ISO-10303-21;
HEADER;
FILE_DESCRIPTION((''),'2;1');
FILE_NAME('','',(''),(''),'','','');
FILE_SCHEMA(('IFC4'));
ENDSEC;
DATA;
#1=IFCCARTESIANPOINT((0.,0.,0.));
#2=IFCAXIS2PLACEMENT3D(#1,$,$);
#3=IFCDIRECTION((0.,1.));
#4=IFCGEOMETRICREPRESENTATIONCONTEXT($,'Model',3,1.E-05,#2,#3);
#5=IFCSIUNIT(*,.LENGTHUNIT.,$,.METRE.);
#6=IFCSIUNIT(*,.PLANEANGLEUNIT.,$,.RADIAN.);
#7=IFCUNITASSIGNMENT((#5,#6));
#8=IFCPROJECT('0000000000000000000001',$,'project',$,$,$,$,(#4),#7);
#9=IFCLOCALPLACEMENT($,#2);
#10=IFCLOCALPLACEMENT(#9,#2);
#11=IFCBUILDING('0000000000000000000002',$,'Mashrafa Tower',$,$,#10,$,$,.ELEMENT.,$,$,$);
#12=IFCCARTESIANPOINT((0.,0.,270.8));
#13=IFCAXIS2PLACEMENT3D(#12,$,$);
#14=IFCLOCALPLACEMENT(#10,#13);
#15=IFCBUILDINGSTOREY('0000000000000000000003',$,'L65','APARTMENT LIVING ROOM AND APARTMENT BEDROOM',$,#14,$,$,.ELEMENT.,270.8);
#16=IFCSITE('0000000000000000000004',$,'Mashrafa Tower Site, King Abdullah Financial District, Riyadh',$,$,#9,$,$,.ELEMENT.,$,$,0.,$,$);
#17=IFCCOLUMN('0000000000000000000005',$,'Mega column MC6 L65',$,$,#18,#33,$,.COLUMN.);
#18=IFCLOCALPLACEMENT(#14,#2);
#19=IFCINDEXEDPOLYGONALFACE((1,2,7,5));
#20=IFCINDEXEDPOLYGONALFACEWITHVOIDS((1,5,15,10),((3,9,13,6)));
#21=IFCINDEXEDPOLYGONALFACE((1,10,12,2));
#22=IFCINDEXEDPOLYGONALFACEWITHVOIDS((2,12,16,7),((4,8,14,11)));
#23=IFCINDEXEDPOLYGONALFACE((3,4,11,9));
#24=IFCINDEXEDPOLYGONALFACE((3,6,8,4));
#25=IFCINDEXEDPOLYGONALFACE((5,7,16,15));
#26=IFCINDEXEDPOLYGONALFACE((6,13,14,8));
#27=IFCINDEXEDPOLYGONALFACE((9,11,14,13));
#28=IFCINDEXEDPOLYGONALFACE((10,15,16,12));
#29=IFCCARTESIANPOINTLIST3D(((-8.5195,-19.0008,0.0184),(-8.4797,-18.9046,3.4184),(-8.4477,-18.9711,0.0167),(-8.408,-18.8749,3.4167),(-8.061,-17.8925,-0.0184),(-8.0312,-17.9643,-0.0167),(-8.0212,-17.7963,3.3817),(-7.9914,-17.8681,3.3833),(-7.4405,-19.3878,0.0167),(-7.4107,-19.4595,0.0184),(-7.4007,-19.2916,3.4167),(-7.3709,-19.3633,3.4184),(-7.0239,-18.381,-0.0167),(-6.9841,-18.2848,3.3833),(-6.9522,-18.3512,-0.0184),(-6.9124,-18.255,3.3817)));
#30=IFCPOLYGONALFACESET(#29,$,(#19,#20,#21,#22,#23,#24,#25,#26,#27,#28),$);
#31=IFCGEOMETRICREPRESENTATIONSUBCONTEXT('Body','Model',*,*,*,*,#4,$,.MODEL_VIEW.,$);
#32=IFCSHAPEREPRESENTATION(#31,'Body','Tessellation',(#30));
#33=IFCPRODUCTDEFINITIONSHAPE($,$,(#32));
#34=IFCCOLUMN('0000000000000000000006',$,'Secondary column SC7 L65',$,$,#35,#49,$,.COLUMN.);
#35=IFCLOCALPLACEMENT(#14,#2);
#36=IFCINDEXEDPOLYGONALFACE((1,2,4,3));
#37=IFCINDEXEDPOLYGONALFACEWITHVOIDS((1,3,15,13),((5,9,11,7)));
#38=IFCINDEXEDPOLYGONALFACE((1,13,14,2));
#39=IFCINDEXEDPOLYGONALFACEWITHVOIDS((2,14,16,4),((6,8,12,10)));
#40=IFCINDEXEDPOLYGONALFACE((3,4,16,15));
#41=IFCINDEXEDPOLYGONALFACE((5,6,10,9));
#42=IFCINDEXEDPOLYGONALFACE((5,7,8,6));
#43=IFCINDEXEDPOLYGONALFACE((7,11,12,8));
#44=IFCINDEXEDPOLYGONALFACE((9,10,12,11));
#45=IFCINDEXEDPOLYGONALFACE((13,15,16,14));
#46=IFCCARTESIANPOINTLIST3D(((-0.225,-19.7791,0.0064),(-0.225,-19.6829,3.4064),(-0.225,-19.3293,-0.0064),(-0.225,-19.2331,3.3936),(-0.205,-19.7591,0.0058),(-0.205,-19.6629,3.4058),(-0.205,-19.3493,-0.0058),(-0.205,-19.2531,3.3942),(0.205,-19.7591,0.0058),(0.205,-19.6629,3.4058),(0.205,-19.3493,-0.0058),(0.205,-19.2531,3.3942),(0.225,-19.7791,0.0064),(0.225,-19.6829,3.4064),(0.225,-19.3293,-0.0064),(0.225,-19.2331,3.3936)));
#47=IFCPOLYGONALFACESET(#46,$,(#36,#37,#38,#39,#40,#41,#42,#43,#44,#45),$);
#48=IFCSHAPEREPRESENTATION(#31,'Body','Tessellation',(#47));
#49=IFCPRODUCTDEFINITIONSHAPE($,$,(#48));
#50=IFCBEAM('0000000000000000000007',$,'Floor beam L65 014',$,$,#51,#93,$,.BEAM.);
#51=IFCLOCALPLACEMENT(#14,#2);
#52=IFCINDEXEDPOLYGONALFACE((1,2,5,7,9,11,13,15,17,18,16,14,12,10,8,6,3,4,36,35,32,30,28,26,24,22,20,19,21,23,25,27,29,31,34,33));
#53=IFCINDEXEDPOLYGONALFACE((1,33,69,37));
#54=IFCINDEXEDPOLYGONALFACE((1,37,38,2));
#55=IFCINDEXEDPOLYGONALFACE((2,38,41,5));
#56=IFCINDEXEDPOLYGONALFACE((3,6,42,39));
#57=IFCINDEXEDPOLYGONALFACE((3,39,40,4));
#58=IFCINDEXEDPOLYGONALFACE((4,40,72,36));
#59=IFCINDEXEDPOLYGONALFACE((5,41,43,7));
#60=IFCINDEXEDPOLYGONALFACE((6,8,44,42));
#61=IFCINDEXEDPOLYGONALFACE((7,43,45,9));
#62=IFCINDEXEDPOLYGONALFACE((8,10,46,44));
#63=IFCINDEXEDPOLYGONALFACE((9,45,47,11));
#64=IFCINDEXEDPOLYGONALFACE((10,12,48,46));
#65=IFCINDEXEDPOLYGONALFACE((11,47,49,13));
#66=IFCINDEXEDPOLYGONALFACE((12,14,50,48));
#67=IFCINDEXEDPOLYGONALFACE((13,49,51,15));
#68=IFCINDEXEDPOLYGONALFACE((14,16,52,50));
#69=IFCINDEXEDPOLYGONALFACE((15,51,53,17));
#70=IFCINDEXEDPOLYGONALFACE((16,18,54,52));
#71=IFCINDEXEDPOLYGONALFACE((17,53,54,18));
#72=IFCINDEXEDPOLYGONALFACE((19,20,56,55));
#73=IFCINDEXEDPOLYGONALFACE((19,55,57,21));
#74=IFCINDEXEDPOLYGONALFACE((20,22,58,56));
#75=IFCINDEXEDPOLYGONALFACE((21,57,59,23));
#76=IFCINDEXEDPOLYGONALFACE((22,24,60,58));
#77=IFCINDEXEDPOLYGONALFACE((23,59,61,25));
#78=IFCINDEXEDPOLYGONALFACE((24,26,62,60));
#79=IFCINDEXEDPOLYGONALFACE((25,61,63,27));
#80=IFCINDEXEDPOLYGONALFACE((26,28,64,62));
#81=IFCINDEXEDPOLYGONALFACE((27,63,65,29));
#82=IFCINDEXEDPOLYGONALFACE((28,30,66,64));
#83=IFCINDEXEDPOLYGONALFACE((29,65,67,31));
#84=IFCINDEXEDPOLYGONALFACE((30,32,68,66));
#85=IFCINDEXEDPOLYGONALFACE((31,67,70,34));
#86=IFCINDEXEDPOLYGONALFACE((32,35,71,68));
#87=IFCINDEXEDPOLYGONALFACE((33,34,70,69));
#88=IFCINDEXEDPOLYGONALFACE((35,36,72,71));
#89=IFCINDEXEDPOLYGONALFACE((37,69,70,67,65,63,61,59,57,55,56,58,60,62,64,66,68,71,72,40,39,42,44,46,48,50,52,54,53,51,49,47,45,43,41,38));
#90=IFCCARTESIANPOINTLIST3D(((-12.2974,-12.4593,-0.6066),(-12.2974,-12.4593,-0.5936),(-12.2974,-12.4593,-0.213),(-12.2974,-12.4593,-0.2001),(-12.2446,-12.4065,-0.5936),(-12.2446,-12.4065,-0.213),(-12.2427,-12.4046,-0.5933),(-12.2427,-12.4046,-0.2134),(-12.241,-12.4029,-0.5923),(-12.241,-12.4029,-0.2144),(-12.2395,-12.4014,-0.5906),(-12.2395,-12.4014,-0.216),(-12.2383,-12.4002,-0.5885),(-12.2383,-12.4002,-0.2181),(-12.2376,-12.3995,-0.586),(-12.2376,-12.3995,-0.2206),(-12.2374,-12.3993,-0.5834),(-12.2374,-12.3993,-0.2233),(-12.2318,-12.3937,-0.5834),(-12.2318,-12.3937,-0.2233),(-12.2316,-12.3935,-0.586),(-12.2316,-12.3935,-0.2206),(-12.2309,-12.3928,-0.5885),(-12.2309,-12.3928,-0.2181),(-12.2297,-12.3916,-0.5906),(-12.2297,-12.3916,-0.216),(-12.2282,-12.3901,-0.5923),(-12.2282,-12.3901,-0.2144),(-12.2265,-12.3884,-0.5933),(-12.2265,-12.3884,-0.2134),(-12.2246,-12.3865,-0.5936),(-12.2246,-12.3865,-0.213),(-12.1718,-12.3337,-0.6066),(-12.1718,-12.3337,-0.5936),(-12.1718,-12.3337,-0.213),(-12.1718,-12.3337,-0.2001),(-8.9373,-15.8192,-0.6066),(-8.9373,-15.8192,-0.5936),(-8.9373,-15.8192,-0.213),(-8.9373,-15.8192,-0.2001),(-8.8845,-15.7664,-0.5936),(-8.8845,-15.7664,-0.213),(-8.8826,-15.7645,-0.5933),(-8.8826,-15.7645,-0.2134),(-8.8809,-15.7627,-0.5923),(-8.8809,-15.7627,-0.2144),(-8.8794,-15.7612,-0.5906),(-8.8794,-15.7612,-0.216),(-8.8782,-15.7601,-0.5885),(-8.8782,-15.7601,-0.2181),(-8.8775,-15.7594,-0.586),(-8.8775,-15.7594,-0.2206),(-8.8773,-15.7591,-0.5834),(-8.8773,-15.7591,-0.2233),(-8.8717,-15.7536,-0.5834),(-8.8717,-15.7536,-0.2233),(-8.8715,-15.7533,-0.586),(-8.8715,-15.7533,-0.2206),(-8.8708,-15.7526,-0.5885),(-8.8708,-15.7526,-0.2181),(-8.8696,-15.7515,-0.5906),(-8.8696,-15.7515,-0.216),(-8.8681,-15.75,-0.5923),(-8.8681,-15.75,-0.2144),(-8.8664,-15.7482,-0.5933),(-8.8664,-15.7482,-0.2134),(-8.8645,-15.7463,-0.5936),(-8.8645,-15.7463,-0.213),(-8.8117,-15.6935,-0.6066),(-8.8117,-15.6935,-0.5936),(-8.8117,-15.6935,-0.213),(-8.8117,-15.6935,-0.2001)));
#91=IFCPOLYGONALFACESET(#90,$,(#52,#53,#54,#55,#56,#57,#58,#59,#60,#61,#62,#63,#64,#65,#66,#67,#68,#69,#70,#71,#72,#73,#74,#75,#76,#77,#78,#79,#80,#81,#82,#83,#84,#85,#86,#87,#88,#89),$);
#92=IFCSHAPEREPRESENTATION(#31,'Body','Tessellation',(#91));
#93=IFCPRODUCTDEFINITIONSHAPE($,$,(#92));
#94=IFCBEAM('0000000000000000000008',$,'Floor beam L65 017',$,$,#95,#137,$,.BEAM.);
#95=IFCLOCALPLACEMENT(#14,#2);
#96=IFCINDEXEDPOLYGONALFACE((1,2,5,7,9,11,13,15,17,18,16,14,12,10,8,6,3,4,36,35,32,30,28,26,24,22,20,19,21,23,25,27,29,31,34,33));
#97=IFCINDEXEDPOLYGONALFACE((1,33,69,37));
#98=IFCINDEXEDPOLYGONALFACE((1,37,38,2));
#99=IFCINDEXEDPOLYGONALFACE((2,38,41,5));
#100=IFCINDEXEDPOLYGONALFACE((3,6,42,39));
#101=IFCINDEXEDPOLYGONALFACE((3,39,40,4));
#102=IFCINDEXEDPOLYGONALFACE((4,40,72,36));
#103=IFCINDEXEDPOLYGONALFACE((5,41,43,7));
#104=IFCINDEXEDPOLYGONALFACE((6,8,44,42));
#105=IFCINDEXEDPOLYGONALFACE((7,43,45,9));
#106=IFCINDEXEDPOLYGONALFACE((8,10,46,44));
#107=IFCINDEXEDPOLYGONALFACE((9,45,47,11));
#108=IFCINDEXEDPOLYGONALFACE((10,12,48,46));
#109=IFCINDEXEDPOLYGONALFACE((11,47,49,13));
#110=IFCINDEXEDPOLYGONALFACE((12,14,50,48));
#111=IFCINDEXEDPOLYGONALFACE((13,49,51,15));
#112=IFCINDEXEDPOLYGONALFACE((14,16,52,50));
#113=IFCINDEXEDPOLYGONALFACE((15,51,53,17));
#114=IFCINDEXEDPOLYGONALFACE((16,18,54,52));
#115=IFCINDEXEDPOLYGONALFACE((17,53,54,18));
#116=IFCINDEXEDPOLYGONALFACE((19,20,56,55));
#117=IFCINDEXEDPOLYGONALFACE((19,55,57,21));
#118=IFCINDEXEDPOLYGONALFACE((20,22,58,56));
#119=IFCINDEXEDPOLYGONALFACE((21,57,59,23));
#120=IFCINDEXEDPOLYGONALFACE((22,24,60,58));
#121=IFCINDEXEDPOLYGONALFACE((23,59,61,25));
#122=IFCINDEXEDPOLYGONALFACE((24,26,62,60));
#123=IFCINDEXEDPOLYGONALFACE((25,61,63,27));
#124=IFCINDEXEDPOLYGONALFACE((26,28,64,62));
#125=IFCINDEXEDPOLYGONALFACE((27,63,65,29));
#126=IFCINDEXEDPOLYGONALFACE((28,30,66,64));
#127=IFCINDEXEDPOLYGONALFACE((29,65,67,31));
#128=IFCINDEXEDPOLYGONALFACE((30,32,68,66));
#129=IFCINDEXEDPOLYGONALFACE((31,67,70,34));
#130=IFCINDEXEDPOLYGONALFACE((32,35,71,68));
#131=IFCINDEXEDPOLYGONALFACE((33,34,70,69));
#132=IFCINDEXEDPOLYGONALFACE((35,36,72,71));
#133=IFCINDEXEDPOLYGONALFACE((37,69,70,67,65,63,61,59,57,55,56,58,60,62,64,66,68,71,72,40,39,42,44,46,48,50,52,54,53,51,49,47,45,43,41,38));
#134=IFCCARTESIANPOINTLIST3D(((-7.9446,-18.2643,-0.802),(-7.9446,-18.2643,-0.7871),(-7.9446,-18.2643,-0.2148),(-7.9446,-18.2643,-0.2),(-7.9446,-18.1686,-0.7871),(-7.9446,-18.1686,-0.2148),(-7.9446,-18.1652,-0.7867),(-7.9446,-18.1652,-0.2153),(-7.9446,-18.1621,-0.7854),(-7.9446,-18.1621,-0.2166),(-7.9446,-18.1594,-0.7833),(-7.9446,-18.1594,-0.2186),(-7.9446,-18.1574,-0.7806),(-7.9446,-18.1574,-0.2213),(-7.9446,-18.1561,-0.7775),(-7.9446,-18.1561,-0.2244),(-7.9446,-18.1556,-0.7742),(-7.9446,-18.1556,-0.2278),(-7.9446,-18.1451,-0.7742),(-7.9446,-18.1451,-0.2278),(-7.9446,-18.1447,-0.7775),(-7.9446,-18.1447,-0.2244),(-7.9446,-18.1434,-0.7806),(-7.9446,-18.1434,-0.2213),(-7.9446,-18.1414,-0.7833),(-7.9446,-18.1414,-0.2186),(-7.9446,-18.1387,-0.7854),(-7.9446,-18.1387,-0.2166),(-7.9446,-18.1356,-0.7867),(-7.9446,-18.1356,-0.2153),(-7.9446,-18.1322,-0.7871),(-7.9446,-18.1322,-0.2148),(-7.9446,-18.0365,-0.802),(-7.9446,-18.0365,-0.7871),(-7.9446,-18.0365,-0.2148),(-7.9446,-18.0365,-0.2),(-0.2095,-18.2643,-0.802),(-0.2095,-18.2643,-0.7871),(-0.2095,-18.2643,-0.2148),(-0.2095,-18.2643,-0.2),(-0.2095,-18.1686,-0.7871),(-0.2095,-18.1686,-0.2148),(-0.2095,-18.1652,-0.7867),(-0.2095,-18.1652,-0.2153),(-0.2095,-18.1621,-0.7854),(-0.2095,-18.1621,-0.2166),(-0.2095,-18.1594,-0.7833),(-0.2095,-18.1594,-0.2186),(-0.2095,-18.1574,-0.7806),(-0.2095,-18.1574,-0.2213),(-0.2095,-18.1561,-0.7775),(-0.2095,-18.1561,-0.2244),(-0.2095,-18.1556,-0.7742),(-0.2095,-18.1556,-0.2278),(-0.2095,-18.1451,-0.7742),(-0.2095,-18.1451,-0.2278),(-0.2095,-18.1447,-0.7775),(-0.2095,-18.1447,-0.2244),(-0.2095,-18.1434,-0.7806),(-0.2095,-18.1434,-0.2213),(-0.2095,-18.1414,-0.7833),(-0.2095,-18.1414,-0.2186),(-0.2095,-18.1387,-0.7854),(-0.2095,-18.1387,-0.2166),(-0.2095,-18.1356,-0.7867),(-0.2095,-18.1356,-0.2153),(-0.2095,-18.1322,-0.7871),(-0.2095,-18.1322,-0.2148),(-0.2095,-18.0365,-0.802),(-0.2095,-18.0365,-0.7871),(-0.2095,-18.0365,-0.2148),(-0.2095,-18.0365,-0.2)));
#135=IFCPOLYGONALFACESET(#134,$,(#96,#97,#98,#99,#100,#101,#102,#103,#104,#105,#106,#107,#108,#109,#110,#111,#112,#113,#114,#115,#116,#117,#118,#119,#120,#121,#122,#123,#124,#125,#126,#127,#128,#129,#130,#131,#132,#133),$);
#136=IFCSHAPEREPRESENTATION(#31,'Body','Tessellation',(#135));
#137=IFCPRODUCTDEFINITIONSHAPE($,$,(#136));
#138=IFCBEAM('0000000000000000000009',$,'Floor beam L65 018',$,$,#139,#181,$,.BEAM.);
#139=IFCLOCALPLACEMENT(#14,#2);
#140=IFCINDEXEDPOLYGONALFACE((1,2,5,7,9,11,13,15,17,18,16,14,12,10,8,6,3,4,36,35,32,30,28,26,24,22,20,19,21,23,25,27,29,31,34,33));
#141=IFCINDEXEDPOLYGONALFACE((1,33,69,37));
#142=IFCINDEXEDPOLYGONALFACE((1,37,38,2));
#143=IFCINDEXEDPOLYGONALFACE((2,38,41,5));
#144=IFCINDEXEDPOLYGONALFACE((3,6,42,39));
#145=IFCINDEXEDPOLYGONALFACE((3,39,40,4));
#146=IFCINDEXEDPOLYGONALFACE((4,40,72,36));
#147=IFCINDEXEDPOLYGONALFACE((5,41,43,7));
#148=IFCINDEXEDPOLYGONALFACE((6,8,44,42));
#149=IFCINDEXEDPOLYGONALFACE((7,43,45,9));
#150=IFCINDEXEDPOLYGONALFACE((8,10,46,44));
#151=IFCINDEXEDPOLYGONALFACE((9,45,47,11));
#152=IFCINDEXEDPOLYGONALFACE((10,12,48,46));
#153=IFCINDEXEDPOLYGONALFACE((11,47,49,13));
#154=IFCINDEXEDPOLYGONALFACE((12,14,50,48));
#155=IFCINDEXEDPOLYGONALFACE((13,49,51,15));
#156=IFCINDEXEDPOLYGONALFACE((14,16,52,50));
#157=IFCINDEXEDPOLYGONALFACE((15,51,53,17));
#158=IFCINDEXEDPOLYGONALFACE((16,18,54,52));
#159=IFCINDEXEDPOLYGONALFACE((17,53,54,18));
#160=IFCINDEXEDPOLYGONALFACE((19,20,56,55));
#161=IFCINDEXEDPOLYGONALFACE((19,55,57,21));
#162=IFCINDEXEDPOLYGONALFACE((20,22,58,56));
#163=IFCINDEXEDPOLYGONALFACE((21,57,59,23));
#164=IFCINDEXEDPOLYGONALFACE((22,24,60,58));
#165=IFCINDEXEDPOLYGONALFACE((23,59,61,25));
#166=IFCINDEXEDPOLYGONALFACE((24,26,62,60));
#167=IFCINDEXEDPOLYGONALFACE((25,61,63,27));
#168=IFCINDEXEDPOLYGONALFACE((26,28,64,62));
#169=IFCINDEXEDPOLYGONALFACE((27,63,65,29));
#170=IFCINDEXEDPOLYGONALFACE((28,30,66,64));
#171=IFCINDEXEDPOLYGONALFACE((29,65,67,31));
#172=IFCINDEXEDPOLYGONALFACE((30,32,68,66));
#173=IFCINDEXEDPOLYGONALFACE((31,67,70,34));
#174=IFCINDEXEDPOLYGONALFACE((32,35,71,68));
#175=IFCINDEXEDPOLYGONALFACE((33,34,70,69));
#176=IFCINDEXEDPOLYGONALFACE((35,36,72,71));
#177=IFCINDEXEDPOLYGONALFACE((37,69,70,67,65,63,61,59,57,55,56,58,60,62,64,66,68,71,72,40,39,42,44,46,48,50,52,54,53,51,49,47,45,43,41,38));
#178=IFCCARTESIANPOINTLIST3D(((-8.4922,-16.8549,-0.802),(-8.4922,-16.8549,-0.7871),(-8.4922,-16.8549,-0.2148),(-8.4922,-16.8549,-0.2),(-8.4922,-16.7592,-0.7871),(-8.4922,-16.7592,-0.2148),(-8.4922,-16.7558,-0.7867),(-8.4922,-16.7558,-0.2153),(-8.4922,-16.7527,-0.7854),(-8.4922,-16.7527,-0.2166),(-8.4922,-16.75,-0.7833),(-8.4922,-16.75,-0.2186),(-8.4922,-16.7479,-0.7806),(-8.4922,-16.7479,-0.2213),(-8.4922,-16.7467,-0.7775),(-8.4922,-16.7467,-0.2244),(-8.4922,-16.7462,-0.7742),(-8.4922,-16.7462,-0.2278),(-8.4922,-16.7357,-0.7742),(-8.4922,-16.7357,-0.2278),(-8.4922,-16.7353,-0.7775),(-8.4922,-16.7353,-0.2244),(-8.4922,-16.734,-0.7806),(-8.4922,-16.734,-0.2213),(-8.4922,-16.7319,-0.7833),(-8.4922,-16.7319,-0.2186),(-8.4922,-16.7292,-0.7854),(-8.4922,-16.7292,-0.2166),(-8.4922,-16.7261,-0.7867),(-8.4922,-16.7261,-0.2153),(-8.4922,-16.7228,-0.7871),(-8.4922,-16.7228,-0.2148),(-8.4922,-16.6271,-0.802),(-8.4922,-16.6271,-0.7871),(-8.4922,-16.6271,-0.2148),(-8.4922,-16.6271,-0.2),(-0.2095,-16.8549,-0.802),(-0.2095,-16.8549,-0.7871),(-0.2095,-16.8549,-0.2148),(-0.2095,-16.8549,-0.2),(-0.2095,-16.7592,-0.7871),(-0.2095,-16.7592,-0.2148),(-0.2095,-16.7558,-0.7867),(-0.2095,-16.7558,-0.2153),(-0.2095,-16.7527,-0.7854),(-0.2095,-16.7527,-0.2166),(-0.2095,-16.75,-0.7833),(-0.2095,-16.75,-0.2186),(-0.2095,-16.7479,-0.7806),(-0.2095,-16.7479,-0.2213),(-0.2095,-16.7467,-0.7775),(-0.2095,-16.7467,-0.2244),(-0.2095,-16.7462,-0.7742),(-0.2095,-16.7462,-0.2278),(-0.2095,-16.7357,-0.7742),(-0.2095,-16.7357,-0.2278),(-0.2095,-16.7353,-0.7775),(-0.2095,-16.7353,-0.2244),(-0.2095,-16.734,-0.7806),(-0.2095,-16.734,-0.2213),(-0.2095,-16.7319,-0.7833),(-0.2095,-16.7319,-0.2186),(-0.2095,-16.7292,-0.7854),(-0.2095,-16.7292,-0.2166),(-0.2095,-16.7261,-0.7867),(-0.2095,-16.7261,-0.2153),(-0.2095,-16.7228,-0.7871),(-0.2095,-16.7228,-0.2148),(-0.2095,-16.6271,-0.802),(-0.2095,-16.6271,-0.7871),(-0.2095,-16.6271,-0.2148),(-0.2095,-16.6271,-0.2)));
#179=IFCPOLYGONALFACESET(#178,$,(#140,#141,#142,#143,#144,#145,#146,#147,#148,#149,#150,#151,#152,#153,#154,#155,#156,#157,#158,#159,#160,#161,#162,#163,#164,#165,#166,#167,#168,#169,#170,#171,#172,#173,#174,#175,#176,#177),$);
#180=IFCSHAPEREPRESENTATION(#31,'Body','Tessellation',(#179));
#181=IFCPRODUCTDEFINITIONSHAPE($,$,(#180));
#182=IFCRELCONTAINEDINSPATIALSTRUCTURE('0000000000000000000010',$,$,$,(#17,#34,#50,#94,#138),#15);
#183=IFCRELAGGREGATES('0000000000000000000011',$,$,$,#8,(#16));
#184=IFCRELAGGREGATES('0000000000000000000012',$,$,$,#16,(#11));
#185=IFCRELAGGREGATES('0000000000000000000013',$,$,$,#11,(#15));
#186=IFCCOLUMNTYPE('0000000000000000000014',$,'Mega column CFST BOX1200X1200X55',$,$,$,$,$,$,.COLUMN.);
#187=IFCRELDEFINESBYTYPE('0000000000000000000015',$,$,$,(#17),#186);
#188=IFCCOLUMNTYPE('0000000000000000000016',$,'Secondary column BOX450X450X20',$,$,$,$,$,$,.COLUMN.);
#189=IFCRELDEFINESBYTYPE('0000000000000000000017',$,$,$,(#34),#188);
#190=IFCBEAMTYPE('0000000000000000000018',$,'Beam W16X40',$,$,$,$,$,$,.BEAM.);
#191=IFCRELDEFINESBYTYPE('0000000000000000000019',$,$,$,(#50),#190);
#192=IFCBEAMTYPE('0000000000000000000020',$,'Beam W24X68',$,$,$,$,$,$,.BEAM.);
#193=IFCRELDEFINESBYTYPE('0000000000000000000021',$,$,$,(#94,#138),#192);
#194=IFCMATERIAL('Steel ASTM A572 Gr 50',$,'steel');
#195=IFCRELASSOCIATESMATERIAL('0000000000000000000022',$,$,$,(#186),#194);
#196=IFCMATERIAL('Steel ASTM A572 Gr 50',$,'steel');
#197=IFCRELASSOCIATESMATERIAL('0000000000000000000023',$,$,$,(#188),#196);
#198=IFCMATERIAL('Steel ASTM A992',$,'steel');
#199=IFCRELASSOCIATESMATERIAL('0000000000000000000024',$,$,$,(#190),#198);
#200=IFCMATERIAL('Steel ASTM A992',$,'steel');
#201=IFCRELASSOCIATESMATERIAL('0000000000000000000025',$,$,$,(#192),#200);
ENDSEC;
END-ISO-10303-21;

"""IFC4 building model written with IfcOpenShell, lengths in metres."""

from ifc_helpers import new_model, si_unit, direction, frame, origin, origin_2d, place, context, subcontext, project, spatial, hollow_rectangle, i_section, extrude, material, material_profile, profile_set, type_object, element, save


model = new_model("IFC4")

# Units and contexts
model_context = context("Model", 3, precision=1e-05, world=origin(), true_north=direction((0.0, 1.0)))
body_context = subcontext(model_context, "Body", "Model", "MODEL_VIEW")
ifc_project = project(units=[si_unit("LENGTHUNIT", "METRE"), si_unit("PLANEANGLEUNIT", "RADIAN")], contexts=[model_context])

# Site, building, storey
site_placement = place(None, origin())
site = spatial("IfcSite", under=ifc_project, at=site_placement, Name="Mashrafa Tower Site, King Abdullah Financial District, Riyadh", CompositionType="ELEMENT", RefElevation=0.0)
building_placement = place(site_placement, origin())
building = spatial("IfcBuilding", under=site, at=building_placement, Name="Mashrafa Tower", CompositionType="ELEMENT")
storey_placement = place(building_placement, frame((0.0, 0.0, 270.8)))
storey = spatial("IfcBuildingStorey", under=building, at=storey_placement, Name="L65", Description="APARTMENT LIVING ROOM AND APARTMENT BEDROOM", CompositionType="ELEMENT", Elevation=270.8)

# Columns
ifc_material_1 = material(Name="Steel ASTM A572 Gr 50", Category="steel")
ifc_material_profile_1 = material_profile(ifc_material_1, hollow_rectangle(XDim=1.2, YDim=1.2, WallThickness=0.0549, at=origin_2d()), Name="BOX1200X1200X55")
ifc_profile_set_1 = profile_set([ifc_material_profile_1], Name="Steel ASTM A572 Gr 50")
column_type_1 = type_object("IfcColumnType", Name="Mega column CFST BOX1200X1200X55", PredefinedType="COLUMN", material=ifc_profile_set_1)
column_1_placement = place(storey_placement, frame((-7.7358, -18.676, 0.0), z_axis=(0.011699, 0.028279, 0.999532), x_axis=(-0.924045, 0.382283, 0.0)))
element("IfcColumn", 1, at=column_1_placement, inside=storey, type_object=column_type_1, Name="Mega column MC6 L65", PredefinedType="COLUMN", context=body_context, shape_type="SweptSolid", body=[
    extrude(hollow_rectangle(XDim=1.2, YDim=1.2, WallThickness=0.0549, at=origin_2d()), origin(), (0.0, 0.0, 1.0), 3.4016),
])
ifc_material_2 = material(Name="Steel ASTM A572 Gr 50", Category="steel")
ifc_material_profile_2 = material_profile(ifc_material_2, hollow_rectangle(XDim=0.45, YDim=0.45, WallThickness=0.02, at=origin_2d()), Name="BOX450X450X20")
ifc_profile_set_2 = profile_set([ifc_material_profile_2], Name="Steel ASTM A572 Gr 50")
column_type_2 = type_object("IfcColumnType", Name="Secondary column BOX450X450X20", PredefinedType="COLUMN", material=ifc_profile_set_2)
column_2_placement = place(storey_placement, frame((0.0, -19.5542, 0.0), z_axis=(0.0, 0.028281, 0.9996), x_axis=(-1.0, 0.0, 0.0)))
element("IfcColumn", 2, at=column_2_placement, inside=storey, type_object=column_type_2, Name="Secondary column SC7 L65", PredefinedType="COLUMN", context=body_context, shape_type="SweptSolid", body=[
    extrude(hollow_rectangle(XDim=0.45, YDim=0.45, WallThickness=0.02, at=origin_2d()), origin(), (0.0, 0.0, 1.0), 3.4014),
])

# Beams
ifc_material_3 = material(Name="Steel ASTM A992", Category="steel")
ifc_material_profile_3 = material_profile(ifc_material_3, i_section(OverallWidth=0.1777, OverallDepth=0.4065, WebThickness=0.0078, FlangeThickness=0.0129, FilletRadius=0.0103, at=origin_2d()), Name="W16X40")
ifc_profile_set_3 = profile_set([ifc_material_profile_3], Name="Steel ASTM A992")
beam_type_1 = type_object("IfcBeamType", Name="Beam W16X40", PredefinedType="BEAM", material=ifc_profile_set_3)
beam_1_placement = place(storey_placement, frame((-8.8745, -15.7563, -0.4033), z_axis=(-0.707132, 0.707081, 0.0), x_axis=(-0.707081, -0.707132, 0.0)))
element("IfcBeam", 3, at=beam_1_placement, inside=storey, type_object=beam_type_1, Name="Floor beam L65 014", PredefinedType="BEAM", context=body_context, shape_type="SweptSolid", body=[
    extrude(i_section(OverallWidth=0.1777, OverallDepth=0.4065, WebThickness=0.0078, FlangeThickness=0.0129, FilletRadius=0.0103, at=origin_2d()), origin(), (0.0, 0.0, 1.0), 4.7517),
])
ifc_material_4 = material(Name="Steel ASTM A992", Category="steel")
ifc_material_profile_4 = material_profile(ifc_material_4, i_section(OverallWidth=0.2278, OverallDepth=0.6021, WebThickness=0.0105, FlangeThickness=0.0149, FilletRadius=0.0129, at=origin_2d()), Name="W24X68")
ifc_profile_set_4 = profile_set([ifc_material_profile_4], Name="Steel ASTM A992")
beam_type_2 = type_object("IfcBeamType", Name="Beam W24X68", PredefinedType="BEAM", material=ifc_profile_set_4)
beam_2_placement = place(storey_placement, frame((-0.2095, -18.1504, -0.501), z_axis=(-1.0, 0.0, 0.0), x_axis=(0.0, -1.0, 0.0)))
element("IfcBeam", 4, at=beam_2_placement, inside=storey, type_object=beam_type_2, Name="Floor beam L65 017", PredefinedType="BEAM", context=body_context, shape_type="SweptSolid", body=[
    extrude(i_section(OverallWidth=0.2278, OverallDepth=0.6021, WebThickness=0.0105, FlangeThickness=0.0149, FilletRadius=0.0129, at=origin_2d()), origin(), (0.0, 0.0, 1.0), 7.7351),
])
beam_3_placement = place(storey_placement, frame((-0.2095, -16.741, -0.501), z_axis=(-1.0, 0.0, 0.0), x_axis=(0.0, -1.0, 0.0)))
element("IfcBeam", 5, at=beam_3_placement, inside=storey, type_object=beam_type_2, Name="Floor beam L65 018", PredefinedType="BEAM", context=body_context, shape_type="SweptSolid", body=[
    extrude(i_section(OverallWidth=0.2278, OverallDepth=0.6021, WebThickness=0.0105, FlangeThickness=0.0149, FilletRadius=0.0129, at=origin_2d()), origin(), (0.0, 0.0, 1.0), 8.2827),
])

save(model, "model.ifc")
